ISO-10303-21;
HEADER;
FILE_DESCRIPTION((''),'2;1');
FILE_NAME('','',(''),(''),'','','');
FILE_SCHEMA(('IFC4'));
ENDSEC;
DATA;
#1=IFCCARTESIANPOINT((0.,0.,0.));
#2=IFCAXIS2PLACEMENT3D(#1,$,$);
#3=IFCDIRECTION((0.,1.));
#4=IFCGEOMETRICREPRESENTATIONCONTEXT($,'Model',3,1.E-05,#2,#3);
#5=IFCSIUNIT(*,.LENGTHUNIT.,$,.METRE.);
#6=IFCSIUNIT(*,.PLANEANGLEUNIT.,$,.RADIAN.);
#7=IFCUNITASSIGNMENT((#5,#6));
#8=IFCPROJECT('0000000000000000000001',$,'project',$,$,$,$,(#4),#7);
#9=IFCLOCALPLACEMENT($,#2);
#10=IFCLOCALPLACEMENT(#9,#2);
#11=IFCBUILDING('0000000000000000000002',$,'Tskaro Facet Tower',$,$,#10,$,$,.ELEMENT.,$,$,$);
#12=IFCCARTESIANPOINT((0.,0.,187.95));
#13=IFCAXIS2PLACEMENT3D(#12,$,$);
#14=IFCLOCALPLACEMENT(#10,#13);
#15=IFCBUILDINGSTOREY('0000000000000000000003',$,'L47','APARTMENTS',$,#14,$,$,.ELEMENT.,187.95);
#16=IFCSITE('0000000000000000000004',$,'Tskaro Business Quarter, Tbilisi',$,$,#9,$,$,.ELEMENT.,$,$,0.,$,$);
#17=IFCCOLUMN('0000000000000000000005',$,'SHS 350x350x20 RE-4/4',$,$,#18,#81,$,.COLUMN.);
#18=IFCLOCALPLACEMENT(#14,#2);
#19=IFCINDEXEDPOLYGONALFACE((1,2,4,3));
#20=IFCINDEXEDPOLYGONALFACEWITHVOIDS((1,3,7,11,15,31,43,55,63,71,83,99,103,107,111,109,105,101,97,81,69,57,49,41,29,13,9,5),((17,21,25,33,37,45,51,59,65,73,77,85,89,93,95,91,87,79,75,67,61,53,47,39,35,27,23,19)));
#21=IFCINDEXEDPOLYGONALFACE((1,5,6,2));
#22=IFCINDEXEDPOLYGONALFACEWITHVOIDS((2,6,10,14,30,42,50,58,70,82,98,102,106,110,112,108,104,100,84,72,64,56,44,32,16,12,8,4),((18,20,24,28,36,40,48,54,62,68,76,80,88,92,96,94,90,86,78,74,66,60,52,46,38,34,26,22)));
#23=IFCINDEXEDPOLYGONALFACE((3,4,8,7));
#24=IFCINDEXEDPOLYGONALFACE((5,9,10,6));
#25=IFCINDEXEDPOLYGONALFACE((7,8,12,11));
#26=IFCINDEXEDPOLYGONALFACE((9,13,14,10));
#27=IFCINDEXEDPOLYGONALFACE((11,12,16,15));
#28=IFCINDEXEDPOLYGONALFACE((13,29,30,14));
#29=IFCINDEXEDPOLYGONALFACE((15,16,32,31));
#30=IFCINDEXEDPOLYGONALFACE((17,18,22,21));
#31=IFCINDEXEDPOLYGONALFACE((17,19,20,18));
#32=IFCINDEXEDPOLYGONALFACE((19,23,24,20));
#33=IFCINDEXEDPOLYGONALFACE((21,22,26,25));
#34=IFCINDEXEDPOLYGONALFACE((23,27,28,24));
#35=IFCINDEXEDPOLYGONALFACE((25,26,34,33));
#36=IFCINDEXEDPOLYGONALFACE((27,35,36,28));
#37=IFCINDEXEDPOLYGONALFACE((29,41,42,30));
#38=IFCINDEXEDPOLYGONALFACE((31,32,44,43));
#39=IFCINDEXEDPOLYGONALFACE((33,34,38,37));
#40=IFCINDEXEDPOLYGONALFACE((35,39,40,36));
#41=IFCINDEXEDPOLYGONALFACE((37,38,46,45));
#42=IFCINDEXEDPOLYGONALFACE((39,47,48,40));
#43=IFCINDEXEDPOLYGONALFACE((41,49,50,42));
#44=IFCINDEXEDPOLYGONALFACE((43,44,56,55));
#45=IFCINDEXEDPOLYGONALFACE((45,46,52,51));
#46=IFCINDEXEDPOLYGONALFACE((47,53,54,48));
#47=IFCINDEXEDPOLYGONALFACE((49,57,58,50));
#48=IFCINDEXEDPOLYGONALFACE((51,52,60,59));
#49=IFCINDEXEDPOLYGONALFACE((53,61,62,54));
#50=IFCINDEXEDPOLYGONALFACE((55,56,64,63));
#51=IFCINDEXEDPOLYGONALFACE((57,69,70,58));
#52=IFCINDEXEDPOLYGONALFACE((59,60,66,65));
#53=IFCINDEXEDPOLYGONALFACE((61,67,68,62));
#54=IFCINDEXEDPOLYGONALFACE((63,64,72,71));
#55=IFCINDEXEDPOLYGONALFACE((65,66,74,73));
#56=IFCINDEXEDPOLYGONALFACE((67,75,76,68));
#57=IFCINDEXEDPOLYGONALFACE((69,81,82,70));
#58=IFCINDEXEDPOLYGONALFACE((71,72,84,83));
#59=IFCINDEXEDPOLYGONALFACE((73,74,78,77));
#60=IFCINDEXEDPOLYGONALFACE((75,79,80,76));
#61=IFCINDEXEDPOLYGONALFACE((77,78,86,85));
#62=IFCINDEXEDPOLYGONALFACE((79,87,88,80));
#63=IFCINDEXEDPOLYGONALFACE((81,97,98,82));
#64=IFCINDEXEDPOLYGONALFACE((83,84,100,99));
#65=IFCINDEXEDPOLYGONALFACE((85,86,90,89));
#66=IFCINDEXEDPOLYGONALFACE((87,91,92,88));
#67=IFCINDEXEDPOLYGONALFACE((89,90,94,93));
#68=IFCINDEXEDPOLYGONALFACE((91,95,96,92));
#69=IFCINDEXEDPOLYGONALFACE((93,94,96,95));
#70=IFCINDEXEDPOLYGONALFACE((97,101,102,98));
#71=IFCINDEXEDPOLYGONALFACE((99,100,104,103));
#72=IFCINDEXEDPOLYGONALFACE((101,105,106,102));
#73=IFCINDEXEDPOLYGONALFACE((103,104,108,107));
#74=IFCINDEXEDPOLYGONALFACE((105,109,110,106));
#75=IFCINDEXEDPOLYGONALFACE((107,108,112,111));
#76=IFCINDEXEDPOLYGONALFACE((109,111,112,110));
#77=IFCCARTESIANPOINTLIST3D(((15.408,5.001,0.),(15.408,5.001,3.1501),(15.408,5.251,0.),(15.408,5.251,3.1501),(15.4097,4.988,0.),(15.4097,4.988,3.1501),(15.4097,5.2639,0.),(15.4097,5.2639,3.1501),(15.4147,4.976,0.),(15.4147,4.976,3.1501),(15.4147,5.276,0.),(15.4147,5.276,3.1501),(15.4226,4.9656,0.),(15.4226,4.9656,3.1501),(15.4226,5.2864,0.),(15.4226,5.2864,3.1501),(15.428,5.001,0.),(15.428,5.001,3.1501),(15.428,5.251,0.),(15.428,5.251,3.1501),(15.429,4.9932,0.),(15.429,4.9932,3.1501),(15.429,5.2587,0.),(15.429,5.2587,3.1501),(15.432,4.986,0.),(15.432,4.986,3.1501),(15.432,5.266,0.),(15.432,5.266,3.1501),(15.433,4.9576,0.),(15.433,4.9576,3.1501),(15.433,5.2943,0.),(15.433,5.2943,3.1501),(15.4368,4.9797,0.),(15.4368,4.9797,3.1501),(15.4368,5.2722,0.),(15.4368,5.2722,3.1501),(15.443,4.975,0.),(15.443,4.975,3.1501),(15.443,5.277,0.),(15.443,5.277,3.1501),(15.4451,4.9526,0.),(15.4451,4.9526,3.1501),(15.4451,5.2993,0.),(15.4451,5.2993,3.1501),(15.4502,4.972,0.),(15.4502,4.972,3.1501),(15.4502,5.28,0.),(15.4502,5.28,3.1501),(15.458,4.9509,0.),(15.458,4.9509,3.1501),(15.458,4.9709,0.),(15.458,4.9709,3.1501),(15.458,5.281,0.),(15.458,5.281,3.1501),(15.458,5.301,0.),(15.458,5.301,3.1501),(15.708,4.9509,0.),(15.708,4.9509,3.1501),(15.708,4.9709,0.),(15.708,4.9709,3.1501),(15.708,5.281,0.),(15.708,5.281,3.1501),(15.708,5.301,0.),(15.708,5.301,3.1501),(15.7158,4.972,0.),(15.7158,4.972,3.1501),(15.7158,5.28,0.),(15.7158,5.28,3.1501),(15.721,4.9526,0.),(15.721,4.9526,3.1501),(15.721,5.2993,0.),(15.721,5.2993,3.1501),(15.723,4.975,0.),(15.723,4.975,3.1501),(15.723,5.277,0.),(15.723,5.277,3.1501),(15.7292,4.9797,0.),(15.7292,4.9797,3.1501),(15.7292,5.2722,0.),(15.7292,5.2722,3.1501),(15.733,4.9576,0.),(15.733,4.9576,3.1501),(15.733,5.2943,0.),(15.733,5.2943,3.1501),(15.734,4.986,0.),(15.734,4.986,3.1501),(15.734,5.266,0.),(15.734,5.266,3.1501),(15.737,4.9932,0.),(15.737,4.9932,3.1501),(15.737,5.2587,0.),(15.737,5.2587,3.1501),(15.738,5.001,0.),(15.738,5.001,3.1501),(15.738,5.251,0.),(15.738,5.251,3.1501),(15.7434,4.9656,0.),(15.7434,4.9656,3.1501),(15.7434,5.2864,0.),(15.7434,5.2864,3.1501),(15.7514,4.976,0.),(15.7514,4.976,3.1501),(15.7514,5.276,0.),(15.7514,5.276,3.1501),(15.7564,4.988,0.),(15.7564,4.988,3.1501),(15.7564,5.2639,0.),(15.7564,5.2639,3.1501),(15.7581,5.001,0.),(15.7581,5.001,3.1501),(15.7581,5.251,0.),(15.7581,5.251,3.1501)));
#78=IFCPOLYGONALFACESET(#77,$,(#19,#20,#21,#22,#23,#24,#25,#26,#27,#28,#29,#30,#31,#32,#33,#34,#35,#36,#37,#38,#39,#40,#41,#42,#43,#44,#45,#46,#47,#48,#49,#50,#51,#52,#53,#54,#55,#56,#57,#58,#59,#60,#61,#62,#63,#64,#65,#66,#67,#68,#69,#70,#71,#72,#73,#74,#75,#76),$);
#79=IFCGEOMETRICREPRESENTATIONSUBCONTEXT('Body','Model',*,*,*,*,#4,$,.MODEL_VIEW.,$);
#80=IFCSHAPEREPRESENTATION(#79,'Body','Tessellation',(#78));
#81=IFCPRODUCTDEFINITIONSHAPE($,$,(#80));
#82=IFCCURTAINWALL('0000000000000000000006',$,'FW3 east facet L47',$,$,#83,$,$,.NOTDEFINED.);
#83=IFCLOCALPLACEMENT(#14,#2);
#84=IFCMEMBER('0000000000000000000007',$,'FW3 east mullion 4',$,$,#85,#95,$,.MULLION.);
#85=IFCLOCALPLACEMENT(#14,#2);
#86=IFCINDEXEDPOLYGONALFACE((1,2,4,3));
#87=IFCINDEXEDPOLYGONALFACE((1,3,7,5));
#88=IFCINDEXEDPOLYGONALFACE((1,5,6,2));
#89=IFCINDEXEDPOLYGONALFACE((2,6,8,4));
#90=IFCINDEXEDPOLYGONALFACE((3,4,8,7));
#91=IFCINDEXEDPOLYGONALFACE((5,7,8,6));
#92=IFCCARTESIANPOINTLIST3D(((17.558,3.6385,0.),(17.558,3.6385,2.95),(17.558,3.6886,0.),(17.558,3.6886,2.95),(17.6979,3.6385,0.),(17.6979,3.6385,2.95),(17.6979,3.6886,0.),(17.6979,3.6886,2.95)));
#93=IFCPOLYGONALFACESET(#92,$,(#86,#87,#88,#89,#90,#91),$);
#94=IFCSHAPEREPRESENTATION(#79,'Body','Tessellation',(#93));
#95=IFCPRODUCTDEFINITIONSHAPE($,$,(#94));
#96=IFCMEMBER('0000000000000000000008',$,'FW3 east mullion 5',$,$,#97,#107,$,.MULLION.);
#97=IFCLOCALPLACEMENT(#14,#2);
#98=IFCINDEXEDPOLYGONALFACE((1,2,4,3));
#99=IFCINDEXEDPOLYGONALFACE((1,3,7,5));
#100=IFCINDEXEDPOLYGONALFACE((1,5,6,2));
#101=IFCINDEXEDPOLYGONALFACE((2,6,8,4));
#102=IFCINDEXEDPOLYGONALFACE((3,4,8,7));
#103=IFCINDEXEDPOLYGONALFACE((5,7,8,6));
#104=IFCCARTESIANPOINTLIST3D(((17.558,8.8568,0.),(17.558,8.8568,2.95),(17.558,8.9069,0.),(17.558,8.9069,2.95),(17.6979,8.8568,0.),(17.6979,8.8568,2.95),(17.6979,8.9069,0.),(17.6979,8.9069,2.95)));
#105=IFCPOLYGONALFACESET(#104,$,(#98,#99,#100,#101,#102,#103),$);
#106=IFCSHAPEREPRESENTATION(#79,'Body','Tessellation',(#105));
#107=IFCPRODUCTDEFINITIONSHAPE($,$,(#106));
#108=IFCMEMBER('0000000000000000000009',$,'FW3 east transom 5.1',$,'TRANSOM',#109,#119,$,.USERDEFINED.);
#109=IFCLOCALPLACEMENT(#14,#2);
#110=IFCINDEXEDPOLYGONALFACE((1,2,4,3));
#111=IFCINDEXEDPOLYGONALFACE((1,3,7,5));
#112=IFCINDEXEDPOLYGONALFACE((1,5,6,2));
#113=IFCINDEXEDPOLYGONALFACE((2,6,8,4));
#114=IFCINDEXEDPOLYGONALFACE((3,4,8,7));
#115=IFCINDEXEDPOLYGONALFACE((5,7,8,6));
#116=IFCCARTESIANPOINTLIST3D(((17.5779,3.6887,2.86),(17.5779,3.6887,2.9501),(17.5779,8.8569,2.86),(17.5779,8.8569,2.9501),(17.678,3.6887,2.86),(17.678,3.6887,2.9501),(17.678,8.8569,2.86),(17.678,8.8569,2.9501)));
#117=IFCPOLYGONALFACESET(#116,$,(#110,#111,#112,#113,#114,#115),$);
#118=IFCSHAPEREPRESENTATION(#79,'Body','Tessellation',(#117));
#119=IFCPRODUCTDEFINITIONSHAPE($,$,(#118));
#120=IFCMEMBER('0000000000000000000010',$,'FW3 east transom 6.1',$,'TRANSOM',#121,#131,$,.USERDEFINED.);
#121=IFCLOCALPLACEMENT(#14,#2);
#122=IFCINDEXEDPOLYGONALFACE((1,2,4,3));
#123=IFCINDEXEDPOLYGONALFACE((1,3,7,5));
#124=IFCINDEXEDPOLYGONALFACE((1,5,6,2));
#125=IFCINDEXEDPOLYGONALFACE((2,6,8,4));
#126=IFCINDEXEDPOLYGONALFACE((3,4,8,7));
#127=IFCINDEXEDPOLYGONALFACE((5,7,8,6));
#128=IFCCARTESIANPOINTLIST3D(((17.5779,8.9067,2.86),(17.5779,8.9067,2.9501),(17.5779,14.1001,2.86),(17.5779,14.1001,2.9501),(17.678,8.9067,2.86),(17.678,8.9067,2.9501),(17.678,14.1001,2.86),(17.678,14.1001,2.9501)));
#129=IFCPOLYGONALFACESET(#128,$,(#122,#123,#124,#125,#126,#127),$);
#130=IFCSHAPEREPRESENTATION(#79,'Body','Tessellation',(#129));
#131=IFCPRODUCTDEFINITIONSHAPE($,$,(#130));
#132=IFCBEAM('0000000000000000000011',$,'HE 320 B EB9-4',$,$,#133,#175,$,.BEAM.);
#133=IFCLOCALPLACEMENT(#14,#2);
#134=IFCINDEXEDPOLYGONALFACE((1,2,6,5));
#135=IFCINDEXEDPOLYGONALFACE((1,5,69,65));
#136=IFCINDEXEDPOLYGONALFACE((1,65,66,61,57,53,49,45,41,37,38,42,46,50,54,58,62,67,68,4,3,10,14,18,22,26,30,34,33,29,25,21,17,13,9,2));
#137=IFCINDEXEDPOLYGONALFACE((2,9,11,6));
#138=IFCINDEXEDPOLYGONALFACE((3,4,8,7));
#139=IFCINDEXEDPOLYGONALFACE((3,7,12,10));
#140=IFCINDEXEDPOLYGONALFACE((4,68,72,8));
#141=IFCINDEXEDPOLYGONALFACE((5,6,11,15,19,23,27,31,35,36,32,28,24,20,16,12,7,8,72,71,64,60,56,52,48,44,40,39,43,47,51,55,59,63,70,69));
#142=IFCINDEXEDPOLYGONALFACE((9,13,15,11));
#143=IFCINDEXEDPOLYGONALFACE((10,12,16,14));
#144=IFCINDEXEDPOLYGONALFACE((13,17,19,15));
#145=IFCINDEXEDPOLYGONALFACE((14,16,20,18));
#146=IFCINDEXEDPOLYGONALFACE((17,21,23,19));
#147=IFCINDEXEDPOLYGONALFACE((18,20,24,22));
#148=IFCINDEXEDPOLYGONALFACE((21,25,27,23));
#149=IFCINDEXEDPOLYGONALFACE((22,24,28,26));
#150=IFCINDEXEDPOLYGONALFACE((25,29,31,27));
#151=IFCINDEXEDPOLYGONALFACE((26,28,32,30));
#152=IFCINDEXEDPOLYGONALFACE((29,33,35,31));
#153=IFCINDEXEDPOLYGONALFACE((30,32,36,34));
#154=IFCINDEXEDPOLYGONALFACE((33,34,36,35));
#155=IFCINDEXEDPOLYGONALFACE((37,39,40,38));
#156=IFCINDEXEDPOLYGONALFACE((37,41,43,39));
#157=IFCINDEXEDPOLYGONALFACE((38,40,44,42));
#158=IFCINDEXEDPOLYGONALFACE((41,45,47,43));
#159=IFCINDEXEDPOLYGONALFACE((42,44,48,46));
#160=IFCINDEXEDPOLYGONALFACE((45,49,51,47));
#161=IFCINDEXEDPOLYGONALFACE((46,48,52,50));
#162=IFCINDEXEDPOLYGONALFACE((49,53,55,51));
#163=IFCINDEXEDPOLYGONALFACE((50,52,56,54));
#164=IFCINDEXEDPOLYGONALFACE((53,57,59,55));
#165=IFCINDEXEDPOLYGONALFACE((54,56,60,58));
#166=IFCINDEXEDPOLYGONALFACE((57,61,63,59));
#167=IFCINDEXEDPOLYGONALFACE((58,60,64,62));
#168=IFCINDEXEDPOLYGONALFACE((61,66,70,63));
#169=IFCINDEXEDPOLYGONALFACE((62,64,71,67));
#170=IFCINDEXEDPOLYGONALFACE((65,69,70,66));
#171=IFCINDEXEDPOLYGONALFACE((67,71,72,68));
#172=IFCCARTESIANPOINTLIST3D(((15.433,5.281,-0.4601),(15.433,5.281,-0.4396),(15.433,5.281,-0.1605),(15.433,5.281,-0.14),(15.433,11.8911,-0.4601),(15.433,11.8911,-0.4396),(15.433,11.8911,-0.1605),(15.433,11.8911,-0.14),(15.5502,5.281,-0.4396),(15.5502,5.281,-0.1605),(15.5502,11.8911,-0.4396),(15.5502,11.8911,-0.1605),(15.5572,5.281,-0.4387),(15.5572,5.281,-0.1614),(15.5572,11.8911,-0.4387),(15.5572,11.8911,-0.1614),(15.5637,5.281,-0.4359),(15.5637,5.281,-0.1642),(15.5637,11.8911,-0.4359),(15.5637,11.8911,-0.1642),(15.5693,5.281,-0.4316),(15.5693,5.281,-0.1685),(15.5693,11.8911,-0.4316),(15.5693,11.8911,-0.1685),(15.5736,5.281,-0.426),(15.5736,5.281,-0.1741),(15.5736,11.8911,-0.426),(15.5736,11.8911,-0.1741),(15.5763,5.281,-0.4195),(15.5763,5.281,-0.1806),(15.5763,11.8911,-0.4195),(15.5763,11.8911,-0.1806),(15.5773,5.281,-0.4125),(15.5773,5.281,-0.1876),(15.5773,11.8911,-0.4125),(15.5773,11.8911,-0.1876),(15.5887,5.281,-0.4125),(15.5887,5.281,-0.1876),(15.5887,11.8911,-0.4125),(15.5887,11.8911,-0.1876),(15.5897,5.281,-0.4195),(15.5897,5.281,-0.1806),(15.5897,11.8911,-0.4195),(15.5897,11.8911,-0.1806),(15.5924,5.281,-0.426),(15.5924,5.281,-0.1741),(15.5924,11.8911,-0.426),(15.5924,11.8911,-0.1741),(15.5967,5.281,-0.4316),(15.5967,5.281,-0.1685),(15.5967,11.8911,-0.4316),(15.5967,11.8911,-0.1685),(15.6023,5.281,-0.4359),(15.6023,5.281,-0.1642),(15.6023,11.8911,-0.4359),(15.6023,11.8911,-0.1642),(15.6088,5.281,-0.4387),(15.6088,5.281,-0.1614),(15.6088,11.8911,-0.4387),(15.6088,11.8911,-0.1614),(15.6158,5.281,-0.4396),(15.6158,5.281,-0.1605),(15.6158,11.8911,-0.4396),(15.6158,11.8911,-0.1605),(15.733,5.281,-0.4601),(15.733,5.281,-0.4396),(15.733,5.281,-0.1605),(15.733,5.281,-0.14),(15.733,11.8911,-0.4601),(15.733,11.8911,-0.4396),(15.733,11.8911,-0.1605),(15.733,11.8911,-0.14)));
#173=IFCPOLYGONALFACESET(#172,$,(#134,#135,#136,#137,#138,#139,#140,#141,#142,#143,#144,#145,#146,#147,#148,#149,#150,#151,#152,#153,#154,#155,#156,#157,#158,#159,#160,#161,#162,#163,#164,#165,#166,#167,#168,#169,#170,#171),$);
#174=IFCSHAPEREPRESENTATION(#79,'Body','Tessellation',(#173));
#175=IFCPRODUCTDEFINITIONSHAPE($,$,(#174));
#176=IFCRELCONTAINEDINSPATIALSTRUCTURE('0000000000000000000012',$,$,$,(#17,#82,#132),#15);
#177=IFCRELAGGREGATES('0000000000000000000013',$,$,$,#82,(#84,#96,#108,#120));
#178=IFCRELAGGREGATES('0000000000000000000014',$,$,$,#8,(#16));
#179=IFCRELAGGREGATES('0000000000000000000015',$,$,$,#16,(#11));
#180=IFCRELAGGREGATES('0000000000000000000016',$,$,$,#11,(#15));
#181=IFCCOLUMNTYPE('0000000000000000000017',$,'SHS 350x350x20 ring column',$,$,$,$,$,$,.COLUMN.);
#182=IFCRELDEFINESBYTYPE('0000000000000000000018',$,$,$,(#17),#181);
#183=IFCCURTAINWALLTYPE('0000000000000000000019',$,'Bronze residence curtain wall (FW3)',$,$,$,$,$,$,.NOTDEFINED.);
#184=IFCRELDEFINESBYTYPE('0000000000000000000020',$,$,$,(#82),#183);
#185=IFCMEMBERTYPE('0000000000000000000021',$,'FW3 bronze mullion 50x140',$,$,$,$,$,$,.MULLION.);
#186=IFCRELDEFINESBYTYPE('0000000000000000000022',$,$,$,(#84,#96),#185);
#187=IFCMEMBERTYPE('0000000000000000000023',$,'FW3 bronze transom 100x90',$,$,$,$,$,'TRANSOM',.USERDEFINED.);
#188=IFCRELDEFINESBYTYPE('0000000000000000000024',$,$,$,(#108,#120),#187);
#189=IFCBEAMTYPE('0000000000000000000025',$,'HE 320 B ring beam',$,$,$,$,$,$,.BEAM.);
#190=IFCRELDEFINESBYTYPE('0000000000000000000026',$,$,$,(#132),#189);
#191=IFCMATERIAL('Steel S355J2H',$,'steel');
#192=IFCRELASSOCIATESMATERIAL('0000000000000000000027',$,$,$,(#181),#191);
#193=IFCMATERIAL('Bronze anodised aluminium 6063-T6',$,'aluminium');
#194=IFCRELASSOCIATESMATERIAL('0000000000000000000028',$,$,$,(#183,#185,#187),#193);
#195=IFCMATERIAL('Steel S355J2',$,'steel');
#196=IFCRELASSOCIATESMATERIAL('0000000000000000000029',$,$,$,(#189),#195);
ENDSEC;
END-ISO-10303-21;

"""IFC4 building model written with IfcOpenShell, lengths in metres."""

from ifc_helpers import new_model, si_unit, direction, frame, origin, origin_2d, place, context, subcontext, project, spatial, rectangle, hollow_rectangle, i_section, extrude, material, material_profile, profile_set, type_object, element, aggregate, save


model = new_model("IFC4")

# Units and contexts
model_context = context("Model", 3, precision=1e-05, world=origin(), true_north=direction((0.0, 1.0)))
body_context = subcontext(model_context, "Body", "Model", "MODEL_VIEW")
ifc_project = project(units=[si_unit("LENGTHUNIT", "METRE"), si_unit("PLANEANGLEUNIT", "RADIAN")], contexts=[model_context])

# Site, building, storey
site_placement = place(None, origin())
site = spatial("IfcSite", under=ifc_project, at=site_placement, Name="Tskaro Business Quarter, Tbilisi", CompositionType="ELEMENT", RefElevation=0.0)
building_placement = place(site_placement, origin())
building = spatial("IfcBuilding", under=site, at=building_placement, Name="Tskaro Facet Tower", CompositionType="ELEMENT")
storey_placement = place(building_placement, frame((0.0, 0.0, 187.95)))
storey = spatial("IfcBuildingStorey", under=building, at=storey_placement, Name="L47", Description="APARTMENTS", CompositionType="ELEMENT", Elevation=187.95)

# Column
ifc_material_1 = material(Name="Steel S355J2H", Category="steel")
ifc_material_profile_1 = material_profile(ifc_material_1, hollow_rectangle(XDim=0.3501, YDim=0.3501, WallThickness=0.02, InnerFilletRadius=0.03, OuterFilletRadius=0.05, at=origin_2d()), Name="SHS 350x350x20")
ifc_profile_set_1 = profile_set([ifc_material_profile_1], Name="Steel S355J2H")
column_type = type_object("IfcColumnType", Name="SHS 350x350x20 ring column", PredefinedType="COLUMN", material=ifc_profile_set_1)
column_placement = place(storey_placement, frame((15.583, 5.126, 0.0), z_axis=(0.0, 0.0, 1.0), x_axis=(1.0, 0.0, 0.0)))
element("IfcColumn", 1, at=column_placement, inside=storey, type_object=column_type, Name="SHS 350x350x20 RE-4/4", PredefinedType="COLUMN", context=body_context, shape_type="SweptSolid", body=[
    extrude(hollow_rectangle(XDim=0.3501, YDim=0.3501, WallThickness=0.02, InnerFilletRadius=0.03, OuterFilletRadius=0.05, at=origin_2d()), origin(), (0.0, 0.0, 1.0), 3.1501),
])

# Curtain wall, members
ifc_material_2 = material(Name="Bronze anodised aluminium 6063-T6", Category="aluminium")
curtain_wall_type = type_object("IfcCurtainWallType", Name="Bronze residence curtain wall (FW3)", PredefinedType="NOTDEFINED", material=ifc_material_2)
curtain_wall_placement = place(storey_placement, origin())
curtain_wall = element("IfcCurtainWall", 2, at=curtain_wall_placement, inside=storey, type_object=curtain_wall_type, Name="FW3 east facet L47", PredefinedType="NOTDEFINED")
ifc_material_profile_2 = material_profile(ifc_material_2, rectangle(XDim=0.05, YDim=0.1399, at=origin_2d()), Name="Mullion 50x140")
ifc_profile_set_2 = profile_set([ifc_material_profile_2], Name="Bronze anodised aluminium 6063-T6")
member_type_1 = type_object("IfcMemberType", Name="FW3 bronze mullion 50x140", PredefinedType="MULLION", material=ifc_profile_set_2)
member_1_placement = place(storey_placement, frame((17.6279, 3.6636, 0.0), z_axis=(0.0, 0.0, 1.0), x_axis=(0.0, 1.0, 0.0)))
member_1 = element("IfcMember", 3, at=member_1_placement, type_object=member_type_1, Name="FW3 east mullion 4", PredefinedType="MULLION", context=body_context, shape_type="SweptSolid", body=[
    extrude(rectangle(XDim=0.05, YDim=0.1399, at=origin_2d()), origin(), (0.0, 0.0, 1.0), 2.95),
])
member_2_placement = place(storey_placement, frame((17.6279, 8.8818, 0.0), z_axis=(0.0, 0.0, 1.0), x_axis=(0.0, 1.0, 0.0)))
member_2 = element("IfcMember", 4, at=member_2_placement, type_object=member_type_1, Name="FW3 east mullion 5", PredefinedType="MULLION", context=body_context, shape_type="SweptSolid", body=[
    extrude(rectangle(XDim=0.05, YDim=0.1399, at=origin_2d()), origin(), (0.0, 0.0, 1.0), 2.95),
])
ifc_material_profile_3 = material_profile(ifc_material_2, rectangle(XDim=0.1001, YDim=0.0901, at=origin_2d()), Name="Transom 100x90")
ifc_profile_set_3 = profile_set([ifc_material_profile_3], Name="Bronze anodised aluminium 6063-T6")
member_type_2 = type_object("IfcMemberType", Name="FW3 bronze transom 100x90", ElementType="TRANSOM", PredefinedType="USERDEFINED", material=ifc_profile_set_3)
member_3_placement = place(storey_placement, frame((17.6279, 3.6887, 2.905), z_axis=(0.0, 1.0, 0.0), x_axis=(-1.0, 0.0, 0.0)))
member_3 = element("IfcMember", 5, at=member_3_placement, type_object=member_type_2, Name="FW3 east transom 5.1", ObjectType="TRANSOM", PredefinedType="USERDEFINED", context=body_context, shape_type="SweptSolid", body=[
    extrude(rectangle(XDim=0.1001, YDim=0.0901, at=origin_2d()), origin(), (0.0, 0.0, 1.0), 5.1682),
])
member_4_placement = place(storey_placement, frame((17.6279, 8.9067, 2.905), z_axis=(0.0, 1.0, 0.0), x_axis=(-1.0, 0.0, 0.0)))
member_4 = element("IfcMember", 6, at=member_4_placement, type_object=member_type_2, Name="FW3 east transom 6.1", ObjectType="TRANSOM", PredefinedType="USERDEFINED", context=body_context, shape_type="SweptSolid", body=[
    extrude(rectangle(XDim=0.1001, YDim=0.0901, at=origin_2d()), origin(), (0.0, 0.0, 1.0), 5.1934),
])

# Beam
ifc_material_3 = material(Name="Steel S355J2", Category="steel")
ifc_material_profile_4 = material_profile(ifc_material_3, i_section(OverallWidth=0.3, OverallDepth=0.3201, WebThickness=0.0115, FlangeThickness=0.0205, FilletRadius=0.0271, at=origin_2d()), Name="HE 320 B")
ifc_profile_set_4 = profile_set([ifc_material_profile_4], Name="Steel S355J2")
beam_type_1 = type_object("IfcBeamType", Name="HE 320 B ring beam", PredefinedType="BEAM", material=ifc_profile_set_4)
beam_1_placement = place(storey_placement, frame((15.583, 5.281, -0.3), z_axis=(0.0, 1.0, 0.0), x_axis=(-1.0, 0.0, 0.0)))
element("IfcBeam", 7, at=beam_1_placement, inside=storey, type_object=beam_type_1, Name="HE 320 B EB9-4", PredefinedType="BEAM", context=body_context, shape_type="SweptSolid", body=[
    extrude(i_section(OverallWidth=0.3, OverallDepth=0.3201, WebThickness=0.0115, FlangeThickness=0.0205, FilletRadius=0.0271, at=origin_2d()), origin(), (0.0, 0.0, 1.0), 6.6101),
])

aggregate(curtain_wall, [member_1, member_2, member_3, member_4])

save(model, "model.ifc")
